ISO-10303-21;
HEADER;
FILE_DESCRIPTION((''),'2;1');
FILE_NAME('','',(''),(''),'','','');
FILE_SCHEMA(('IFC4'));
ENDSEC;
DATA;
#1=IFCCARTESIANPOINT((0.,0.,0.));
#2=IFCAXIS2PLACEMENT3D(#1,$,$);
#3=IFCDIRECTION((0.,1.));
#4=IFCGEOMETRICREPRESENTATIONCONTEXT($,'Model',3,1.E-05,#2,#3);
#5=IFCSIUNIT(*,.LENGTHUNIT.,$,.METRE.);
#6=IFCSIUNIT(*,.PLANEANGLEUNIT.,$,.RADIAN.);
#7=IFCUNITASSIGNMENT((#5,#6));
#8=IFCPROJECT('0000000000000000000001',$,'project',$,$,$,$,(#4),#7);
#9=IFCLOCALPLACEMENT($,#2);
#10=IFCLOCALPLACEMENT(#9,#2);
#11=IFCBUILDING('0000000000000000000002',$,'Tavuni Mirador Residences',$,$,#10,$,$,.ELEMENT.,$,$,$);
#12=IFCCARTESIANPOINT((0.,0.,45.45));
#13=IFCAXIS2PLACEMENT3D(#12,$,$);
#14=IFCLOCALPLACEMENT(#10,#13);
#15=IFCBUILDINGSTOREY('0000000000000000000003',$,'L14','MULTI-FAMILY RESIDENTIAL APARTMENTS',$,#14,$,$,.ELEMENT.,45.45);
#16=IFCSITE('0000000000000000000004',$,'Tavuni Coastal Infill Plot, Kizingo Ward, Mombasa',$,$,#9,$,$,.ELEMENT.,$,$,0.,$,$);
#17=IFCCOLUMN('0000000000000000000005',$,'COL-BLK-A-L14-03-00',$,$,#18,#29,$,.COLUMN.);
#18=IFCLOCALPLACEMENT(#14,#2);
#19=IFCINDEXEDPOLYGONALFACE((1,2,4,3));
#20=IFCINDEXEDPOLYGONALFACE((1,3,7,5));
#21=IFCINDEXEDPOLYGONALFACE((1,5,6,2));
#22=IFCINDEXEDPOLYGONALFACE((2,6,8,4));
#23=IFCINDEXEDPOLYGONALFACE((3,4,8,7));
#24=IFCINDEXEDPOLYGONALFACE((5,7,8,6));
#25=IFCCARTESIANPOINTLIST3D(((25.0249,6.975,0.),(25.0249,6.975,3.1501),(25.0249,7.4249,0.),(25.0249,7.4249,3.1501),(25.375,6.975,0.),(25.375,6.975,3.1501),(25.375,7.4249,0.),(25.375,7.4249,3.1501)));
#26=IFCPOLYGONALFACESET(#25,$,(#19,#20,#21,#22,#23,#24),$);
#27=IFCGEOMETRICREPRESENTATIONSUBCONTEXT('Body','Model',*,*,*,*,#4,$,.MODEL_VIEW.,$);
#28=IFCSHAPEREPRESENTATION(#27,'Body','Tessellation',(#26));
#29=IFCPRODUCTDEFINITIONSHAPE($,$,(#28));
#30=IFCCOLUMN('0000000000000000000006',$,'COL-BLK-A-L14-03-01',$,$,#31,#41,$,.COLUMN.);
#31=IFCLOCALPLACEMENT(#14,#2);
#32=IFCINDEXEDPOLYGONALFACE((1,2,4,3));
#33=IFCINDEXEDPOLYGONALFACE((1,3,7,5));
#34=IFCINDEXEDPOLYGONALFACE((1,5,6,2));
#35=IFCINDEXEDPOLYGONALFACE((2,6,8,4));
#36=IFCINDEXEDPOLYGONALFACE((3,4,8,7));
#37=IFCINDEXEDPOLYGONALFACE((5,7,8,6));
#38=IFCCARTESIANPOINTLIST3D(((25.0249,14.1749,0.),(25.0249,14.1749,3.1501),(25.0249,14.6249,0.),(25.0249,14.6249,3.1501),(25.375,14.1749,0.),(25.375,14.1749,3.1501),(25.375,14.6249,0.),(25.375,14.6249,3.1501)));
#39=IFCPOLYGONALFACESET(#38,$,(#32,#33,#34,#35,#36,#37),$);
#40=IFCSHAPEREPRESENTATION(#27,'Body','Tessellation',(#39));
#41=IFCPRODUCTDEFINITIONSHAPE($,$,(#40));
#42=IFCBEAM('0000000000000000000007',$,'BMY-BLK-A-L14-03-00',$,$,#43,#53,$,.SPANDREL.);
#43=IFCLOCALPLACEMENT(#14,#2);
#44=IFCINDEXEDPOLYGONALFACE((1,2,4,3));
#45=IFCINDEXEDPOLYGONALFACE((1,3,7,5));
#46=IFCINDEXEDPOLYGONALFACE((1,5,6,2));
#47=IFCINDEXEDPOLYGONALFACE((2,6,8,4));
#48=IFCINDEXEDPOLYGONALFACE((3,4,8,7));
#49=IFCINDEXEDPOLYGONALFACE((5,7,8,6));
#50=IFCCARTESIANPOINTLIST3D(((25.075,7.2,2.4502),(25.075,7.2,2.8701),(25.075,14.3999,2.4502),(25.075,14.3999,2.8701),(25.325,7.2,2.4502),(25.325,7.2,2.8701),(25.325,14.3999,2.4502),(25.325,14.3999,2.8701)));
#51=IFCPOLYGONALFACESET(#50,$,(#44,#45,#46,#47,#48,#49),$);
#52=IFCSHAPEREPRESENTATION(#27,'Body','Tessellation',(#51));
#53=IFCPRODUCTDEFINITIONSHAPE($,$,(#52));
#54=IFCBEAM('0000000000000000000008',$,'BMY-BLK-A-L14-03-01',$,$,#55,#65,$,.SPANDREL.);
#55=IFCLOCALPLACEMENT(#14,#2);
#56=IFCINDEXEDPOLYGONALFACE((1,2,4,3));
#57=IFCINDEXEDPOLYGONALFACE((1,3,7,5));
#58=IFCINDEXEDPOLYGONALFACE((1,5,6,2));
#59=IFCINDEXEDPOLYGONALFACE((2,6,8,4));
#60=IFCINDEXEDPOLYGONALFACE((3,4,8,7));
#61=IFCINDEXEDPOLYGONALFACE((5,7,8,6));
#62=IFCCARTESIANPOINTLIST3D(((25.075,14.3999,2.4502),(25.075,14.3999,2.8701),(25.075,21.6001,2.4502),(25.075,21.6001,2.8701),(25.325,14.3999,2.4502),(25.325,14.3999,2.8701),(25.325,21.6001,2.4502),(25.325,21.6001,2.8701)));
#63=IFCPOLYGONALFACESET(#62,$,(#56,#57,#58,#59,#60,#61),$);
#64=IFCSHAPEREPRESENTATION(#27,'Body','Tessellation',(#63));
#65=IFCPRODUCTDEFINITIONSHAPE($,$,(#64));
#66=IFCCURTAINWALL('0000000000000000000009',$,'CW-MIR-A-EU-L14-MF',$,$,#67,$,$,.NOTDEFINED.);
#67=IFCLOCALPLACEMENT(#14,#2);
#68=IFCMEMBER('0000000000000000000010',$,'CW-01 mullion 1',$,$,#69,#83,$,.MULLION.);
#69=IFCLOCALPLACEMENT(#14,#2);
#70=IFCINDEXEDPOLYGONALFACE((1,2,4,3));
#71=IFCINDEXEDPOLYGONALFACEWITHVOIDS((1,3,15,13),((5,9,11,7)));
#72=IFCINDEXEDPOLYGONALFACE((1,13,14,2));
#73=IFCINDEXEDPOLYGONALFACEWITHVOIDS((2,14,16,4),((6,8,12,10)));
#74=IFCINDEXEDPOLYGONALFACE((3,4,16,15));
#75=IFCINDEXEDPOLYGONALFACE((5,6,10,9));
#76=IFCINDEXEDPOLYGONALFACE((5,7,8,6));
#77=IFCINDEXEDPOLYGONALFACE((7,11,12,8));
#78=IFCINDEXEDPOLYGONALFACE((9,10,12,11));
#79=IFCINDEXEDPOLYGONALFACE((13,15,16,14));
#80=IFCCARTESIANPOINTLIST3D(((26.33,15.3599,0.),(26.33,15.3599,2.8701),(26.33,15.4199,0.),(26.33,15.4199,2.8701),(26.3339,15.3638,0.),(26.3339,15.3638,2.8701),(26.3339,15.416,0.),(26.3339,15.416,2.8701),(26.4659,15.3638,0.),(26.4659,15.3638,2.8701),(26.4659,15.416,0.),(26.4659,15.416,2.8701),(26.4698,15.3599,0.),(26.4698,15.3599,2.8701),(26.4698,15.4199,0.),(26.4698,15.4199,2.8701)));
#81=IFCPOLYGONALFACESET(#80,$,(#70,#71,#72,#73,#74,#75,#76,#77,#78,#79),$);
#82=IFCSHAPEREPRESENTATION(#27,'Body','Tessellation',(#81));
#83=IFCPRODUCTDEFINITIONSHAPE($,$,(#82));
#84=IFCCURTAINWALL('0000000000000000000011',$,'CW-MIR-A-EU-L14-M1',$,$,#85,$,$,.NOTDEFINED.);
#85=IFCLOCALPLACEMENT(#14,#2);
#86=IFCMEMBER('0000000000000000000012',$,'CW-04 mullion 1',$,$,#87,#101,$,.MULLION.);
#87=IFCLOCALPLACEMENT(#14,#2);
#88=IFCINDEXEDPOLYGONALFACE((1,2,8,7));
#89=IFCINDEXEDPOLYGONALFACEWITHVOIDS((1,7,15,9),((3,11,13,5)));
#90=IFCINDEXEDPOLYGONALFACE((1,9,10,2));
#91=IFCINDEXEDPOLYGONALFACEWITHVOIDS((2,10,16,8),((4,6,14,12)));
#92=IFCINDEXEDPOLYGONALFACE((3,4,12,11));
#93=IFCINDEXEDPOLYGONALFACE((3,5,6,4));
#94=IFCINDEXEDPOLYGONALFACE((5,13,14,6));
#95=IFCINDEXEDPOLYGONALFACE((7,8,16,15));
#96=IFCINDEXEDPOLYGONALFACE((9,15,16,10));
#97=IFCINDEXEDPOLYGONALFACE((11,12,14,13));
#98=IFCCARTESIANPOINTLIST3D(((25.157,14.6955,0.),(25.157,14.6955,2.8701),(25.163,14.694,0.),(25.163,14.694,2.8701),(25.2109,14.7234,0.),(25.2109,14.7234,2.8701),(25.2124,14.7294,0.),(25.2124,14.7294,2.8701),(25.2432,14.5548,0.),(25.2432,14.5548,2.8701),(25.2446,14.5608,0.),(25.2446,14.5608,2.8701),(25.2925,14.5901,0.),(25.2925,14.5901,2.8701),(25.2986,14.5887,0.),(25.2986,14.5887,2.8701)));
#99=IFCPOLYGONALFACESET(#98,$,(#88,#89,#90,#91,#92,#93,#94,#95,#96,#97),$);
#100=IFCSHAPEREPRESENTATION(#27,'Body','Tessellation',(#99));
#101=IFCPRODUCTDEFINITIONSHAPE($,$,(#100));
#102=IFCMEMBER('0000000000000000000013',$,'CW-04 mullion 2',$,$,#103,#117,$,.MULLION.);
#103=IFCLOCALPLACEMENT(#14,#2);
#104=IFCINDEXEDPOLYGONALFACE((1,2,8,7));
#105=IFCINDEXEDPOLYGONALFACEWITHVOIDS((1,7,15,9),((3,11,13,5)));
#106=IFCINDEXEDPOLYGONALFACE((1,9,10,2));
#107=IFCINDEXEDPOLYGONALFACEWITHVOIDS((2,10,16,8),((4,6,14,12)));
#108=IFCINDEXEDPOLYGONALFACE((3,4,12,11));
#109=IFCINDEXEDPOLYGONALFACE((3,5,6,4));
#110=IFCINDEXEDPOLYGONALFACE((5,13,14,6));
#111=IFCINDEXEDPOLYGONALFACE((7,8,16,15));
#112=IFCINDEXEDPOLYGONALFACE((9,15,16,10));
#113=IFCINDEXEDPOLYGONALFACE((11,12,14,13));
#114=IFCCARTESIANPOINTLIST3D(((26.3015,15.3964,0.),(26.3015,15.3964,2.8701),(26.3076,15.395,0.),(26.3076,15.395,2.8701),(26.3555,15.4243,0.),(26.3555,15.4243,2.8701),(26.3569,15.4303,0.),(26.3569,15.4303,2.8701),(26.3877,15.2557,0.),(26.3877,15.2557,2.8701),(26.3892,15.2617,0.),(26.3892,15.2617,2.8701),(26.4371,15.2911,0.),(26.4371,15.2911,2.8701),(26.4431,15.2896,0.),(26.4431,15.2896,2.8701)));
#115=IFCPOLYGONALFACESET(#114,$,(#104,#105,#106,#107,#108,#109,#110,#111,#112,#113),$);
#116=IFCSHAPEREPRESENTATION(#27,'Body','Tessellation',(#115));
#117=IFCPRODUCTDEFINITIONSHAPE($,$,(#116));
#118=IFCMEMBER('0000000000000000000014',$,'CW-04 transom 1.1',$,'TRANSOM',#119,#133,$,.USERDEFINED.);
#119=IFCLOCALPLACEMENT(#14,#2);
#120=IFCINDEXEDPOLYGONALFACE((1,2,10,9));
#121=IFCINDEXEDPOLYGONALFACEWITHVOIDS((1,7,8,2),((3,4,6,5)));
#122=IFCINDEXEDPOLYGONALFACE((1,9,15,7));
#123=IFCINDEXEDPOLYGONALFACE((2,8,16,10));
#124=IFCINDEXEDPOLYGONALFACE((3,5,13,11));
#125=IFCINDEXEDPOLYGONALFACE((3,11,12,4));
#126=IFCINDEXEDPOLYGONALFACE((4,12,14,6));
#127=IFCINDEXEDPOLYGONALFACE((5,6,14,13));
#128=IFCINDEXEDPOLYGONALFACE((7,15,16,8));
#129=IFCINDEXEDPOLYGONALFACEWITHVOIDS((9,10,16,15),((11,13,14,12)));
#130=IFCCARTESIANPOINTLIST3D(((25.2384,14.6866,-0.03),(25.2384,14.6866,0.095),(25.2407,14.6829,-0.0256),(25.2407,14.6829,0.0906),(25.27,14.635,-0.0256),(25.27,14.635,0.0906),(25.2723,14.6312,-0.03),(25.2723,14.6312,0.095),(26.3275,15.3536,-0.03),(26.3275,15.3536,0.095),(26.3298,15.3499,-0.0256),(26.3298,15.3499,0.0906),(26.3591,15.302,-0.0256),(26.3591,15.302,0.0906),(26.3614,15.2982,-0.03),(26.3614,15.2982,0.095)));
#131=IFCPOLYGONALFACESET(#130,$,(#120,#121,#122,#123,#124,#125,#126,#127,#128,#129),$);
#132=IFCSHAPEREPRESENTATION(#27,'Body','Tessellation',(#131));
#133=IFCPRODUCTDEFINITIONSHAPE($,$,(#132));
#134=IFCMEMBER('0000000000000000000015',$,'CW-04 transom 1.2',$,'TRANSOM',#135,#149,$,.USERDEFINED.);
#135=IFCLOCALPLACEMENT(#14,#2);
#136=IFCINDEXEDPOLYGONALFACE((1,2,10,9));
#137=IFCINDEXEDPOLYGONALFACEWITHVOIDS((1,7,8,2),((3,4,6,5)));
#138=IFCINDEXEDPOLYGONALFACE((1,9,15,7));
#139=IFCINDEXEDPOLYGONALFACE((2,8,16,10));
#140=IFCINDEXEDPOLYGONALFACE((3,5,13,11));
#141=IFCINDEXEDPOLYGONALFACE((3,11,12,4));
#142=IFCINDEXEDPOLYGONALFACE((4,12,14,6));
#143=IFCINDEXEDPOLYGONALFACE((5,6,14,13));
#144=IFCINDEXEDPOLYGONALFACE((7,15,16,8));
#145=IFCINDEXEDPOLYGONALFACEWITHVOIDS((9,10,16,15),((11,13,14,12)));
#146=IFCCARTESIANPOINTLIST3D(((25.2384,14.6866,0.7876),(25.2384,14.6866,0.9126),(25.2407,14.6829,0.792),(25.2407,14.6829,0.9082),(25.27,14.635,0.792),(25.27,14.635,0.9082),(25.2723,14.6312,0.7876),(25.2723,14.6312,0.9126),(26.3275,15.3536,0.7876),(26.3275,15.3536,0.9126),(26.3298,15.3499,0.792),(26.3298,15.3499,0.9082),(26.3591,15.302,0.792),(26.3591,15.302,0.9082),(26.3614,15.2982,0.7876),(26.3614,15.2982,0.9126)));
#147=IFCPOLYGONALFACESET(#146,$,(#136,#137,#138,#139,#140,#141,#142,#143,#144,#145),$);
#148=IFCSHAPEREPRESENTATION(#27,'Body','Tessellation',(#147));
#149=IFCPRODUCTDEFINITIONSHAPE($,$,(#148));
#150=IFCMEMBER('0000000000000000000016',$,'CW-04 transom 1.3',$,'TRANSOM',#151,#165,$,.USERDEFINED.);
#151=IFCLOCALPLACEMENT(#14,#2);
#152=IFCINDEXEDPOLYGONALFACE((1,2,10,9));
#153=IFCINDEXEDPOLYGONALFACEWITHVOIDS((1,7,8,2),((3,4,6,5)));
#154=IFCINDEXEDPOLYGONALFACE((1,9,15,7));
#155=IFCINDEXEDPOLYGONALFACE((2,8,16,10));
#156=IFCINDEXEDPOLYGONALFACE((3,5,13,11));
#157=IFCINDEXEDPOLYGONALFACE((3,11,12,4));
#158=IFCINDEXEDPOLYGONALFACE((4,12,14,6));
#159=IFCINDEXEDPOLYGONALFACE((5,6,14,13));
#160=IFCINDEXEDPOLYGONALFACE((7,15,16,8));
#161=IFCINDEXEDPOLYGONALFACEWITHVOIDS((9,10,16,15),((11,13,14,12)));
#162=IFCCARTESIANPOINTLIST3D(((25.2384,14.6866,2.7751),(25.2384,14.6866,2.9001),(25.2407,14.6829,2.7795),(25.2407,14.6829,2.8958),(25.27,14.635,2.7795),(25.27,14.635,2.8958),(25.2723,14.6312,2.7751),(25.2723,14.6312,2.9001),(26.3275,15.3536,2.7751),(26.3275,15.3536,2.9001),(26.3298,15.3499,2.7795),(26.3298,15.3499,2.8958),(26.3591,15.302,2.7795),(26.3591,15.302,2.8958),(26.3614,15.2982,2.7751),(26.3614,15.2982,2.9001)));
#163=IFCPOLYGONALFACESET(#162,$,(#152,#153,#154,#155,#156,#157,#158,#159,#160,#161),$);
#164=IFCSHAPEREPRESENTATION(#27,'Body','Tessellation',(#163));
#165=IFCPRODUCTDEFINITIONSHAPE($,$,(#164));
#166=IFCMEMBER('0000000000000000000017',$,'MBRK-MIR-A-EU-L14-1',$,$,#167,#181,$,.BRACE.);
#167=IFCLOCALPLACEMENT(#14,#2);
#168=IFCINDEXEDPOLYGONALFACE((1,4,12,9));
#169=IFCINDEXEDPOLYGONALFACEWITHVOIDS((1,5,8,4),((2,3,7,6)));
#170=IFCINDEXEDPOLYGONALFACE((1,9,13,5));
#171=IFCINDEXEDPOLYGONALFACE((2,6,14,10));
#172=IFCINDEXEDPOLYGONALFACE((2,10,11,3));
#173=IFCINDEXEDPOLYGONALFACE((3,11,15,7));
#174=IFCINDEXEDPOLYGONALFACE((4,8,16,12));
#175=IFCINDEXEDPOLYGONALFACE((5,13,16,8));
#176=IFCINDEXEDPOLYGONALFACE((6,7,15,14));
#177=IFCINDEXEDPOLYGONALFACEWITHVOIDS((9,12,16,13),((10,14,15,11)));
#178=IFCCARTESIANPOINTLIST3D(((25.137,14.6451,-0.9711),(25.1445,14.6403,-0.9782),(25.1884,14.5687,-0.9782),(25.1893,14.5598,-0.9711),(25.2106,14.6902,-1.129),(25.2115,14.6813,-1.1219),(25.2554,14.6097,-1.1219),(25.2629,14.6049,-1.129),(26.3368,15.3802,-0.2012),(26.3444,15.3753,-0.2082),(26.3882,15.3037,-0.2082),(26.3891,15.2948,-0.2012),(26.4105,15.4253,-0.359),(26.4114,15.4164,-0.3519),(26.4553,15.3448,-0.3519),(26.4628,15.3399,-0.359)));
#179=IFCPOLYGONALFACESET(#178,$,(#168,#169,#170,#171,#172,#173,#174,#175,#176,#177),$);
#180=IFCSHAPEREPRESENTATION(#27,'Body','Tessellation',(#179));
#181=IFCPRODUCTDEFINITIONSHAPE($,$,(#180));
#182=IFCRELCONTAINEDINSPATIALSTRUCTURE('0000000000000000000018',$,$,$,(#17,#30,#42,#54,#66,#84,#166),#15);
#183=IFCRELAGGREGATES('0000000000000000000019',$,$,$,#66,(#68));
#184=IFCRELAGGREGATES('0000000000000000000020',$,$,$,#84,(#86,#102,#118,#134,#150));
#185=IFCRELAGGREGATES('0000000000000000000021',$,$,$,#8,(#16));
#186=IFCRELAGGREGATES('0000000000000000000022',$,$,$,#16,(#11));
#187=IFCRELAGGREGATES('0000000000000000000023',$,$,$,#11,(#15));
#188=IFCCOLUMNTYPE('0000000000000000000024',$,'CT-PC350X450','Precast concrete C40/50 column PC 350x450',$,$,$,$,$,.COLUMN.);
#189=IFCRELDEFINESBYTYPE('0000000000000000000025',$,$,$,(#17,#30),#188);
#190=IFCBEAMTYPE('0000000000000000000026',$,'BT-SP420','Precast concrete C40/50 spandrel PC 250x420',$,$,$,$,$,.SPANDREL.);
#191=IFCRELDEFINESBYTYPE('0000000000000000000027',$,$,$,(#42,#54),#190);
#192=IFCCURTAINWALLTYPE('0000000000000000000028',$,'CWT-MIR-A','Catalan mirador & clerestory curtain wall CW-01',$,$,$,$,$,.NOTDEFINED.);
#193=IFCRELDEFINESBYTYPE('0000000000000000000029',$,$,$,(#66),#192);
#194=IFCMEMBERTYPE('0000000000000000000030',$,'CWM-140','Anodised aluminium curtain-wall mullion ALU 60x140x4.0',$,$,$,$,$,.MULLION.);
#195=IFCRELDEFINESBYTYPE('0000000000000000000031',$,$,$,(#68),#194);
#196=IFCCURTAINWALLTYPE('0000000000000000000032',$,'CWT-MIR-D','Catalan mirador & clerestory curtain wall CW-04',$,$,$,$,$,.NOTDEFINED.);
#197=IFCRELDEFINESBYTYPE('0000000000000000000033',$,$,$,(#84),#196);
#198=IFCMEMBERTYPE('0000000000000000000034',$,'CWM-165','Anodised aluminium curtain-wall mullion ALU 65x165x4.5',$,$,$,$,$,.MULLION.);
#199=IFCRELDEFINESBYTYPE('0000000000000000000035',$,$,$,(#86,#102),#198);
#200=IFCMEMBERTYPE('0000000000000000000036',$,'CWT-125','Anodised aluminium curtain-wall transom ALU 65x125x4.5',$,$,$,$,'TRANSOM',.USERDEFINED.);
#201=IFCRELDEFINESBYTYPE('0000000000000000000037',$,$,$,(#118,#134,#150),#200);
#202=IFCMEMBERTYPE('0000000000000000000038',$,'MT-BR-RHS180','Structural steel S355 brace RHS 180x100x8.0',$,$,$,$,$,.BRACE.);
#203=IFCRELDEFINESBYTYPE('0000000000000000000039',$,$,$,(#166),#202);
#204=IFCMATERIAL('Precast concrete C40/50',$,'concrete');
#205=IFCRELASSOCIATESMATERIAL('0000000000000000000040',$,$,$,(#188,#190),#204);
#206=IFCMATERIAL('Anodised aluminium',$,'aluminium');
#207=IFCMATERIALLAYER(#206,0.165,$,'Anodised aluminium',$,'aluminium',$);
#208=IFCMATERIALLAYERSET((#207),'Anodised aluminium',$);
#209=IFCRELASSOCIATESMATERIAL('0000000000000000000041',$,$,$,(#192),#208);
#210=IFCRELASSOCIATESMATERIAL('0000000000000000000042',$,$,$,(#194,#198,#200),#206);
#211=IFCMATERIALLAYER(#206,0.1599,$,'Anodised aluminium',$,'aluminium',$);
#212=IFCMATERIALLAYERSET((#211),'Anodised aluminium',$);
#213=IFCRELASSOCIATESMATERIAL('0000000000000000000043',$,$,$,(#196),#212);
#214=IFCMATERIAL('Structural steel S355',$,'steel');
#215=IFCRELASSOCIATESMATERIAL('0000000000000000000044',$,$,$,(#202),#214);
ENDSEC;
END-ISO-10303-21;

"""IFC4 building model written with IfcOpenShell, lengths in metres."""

from ifc_helpers import new_model, si_unit, direction, frame, origin, origin_2d, place, context, subcontext, project, spatial, rectangle, hollow_rectangle, extrude, material, layer, layer_set, material_profile, profile_set, type_object, element, aggregate, save


model = new_model("IFC4")

# Units and contexts
model_context = context("Model", 3, precision=1e-05, world=origin(), true_north=direction((0.0, 1.0)))
body_context = subcontext(model_context, "Body", "Model", "MODEL_VIEW")
ifc_project = project(units=[si_unit("LENGTHUNIT", "METRE"), si_unit("PLANEANGLEUNIT", "RADIAN")], contexts=[model_context])

# Site, building, storey
site_placement = place(None, origin())
site = spatial("IfcSite", under=ifc_project, at=site_placement, Name="Tavuni Coastal Infill Plot, Kizingo Ward, Mombasa", CompositionType="ELEMENT", RefElevation=0.0)
building_placement = place(site_placement, origin())
building = spatial("IfcBuilding", under=site, at=building_placement, Name="Tavuni Mirador Residences", CompositionType="ELEMENT")
storey_placement = place(building_placement, frame((0.0, 0.0, 45.45)))
storey = spatial("IfcBuildingStorey", under=building, at=storey_placement, Name="L14", Description="MULTI-FAMILY RESIDENTIAL APARTMENTS", CompositionType="ELEMENT", Elevation=45.45)

# Columns
ifc_material_1 = material(Name="Precast concrete C40/50", Category="concrete")
ifc_material_profile_1 = material_profile(ifc_material_1, rectangle(XDim=0.3501, YDim=0.45, at=origin_2d()), Name="PC 350x450", Category="concrete")
ifc_profile_set_1 = profile_set([ifc_material_profile_1], Name="Precast concrete C40/50")
column_type = type_object("IfcColumnType", Name="CT-PC350X450", Description="Precast concrete C40/50 column PC 350x450", PredefinedType="COLUMN", material=ifc_profile_set_1)
for number, where, z_axis, x_axis, name in (
    (1, (25.2, 7.2, 0.0), (0.0, 0.0, 1.0), (1.0, 0.0, 0.0), "COL-BLK-A-L14-03-00"),
    (2, (25.2, 14.3999, 0.0), (0.0, 0.0, 1.0), (1.0, 0.0, 0.0), "COL-BLK-A-L14-03-01"),
):
    element("IfcColumn", number, at=place(storey_placement, frame(where, z_axis=z_axis, x_axis=x_axis)), inside=storey, type_object=column_type, Name=name, PredefinedType="COLUMN", context=body_context, shape_type="SweptSolid", body=[
        extrude(rectangle(XDim=0.3501, YDim=0.45, at=origin_2d()), origin(), (0.0, 0.0, 1.0), 3.1501),
    ])

# Beams
ifc_material_profile_2 = material_profile(ifc_material_1, rectangle(XDim=0.25, YDim=0.4199, at=origin_2d()), Name="PC 250x420", Category="concrete")
ifc_profile_set_2 = profile_set([ifc_material_profile_2], Name="Precast concrete C40/50")
beam_type = type_object("IfcBeamType", Name="BT-SP420", Description="Precast concrete C40/50 spandrel PC 250x420", PredefinedType="SPANDREL", material=ifc_profile_set_2)
beam_1_placement = place(storey_placement, frame((25.2, 7.2, 2.6602), z_axis=(0.0, 1.0, 0.0), x_axis=(-1.0, 0.0, 0.0)))
element("IfcBeam", 3, at=beam_1_placement, inside=storey, type_object=beam_type, Name="BMY-BLK-A-L14-03-00", PredefinedType="SPANDREL", context=body_context, shape_type="SweptSolid", body=[
    extrude(rectangle(XDim=0.25, YDim=0.4199, at=origin_2d()), origin(), (0.0, 0.0, 1.0), 7.2),
])
beam_2_placement = place(storey_placement, frame((25.2, 14.3999, 2.6602), z_axis=(0.0, 1.0, 0.0), x_axis=(-1.0, 0.0, 0.0)))
element("IfcBeam", 4, at=beam_2_placement, inside=storey, type_object=beam_type, Name="BMY-BLK-A-L14-03-01", PredefinedType="SPANDREL", context=body_context, shape_type="SweptSolid", body=[
    extrude(rectangle(XDim=0.25, YDim=0.4199, at=origin_2d()), origin(), (0.0, 0.0, 1.0), 7.2002),
])

# Curtain wall, member
ifc_material_2 = material(Name="Anodised aluminium", Category="aluminium")
ifc_layer_1 = layer(ifc_material_2, 0.165, Name="Anodised aluminium", Category="aluminium")
ifc_layer_set_1 = layer_set([ifc_layer_1], Name="Anodised aluminium")
curtain_wall_type_1 = type_object("IfcCurtainWallType", Name="CWT-MIR-A", Description="Catalan mirador & clerestory curtain wall CW-01", PredefinedType="NOTDEFINED", material=ifc_layer_set_1)
curtain_wall_1_placement = place(storey_placement, origin())
curtain_wall_1 = element("IfcCurtainWall", 5, at=curtain_wall_1_placement, inside=storey, type_object=curtain_wall_type_1, Name="CW-MIR-A-EU-L14-MF", PredefinedType="NOTDEFINED")
ifc_material_profile_3 = material_profile(ifc_material_2, hollow_rectangle(XDim=0.0601, YDim=0.1399, WallThickness=0.0039, at=origin_2d()), Name="ALU 60x140x4.0", Category="aluminium")
ifc_profile_set_3 = profile_set([ifc_material_profile_3], Name="Anodised aluminium")
member_type_1 = type_object("IfcMemberType", Name="CWM-140", Description="Anodised aluminium curtain-wall mullion ALU 60x140x4.0", PredefinedType="MULLION", material=ifc_profile_set_3)
member_1_placement = place(storey_placement, frame((26.3999, 15.3899, 0.0), z_axis=(0.0, 0.0, 1.0), x_axis=(0.0, 1.0, 0.0)))
member_1 = element("IfcMember", 6, at=member_1_placement, type_object=member_type_1, Name="CW-01 mullion 1", PredefinedType="MULLION", context=body_context, shape_type="SweptSolid", body=[
    extrude(hollow_rectangle(XDim=0.0601, YDim=0.1399, WallThickness=0.0039, at=origin_2d()), origin(), (0.0, 0.0, 1.0), 2.8701),
])
aggregate(curtain_wall_1, [member_1])

# Curtain wall, members
ifc_layer_2 = layer(ifc_material_2, 0.1599, Name="Anodised aluminium", Category="aluminium")
ifc_layer_set_2 = layer_set([ifc_layer_2], Name="Anodised aluminium")
curtain_wall_type_2 = type_object("IfcCurtainWallType", Name="CWT-MIR-D", Description="Catalan mirador & clerestory curtain wall CW-04", PredefinedType="NOTDEFINED", material=ifc_layer_set_2)
curtain_wall_2_placement = place(storey_placement, origin())
curtain_wall_2 = element("IfcCurtainWall", 7, at=curtain_wall_2_placement, inside=storey, type_object=curtain_wall_type_2, Name="CW-MIR-A-EU-L14-M1", PredefinedType="NOTDEFINED")
ifc_material_profile_4 = material_profile(ifc_material_2, hollow_rectangle(XDim=0.0649, YDim=0.165, WallThickness=0.0044, at=origin_2d()), Name="ALU 65x165x4.5", Category="aluminium")
ifc_profile_set_4 = profile_set([ifc_material_profile_4], Name="Anodised aluminium")
member_type_2 = type_object("IfcMemberType", Name="CWM-165", Description="Anodised aluminium curtain-wall mullion ALU 65x165x4.5", PredefinedType="MULLION", material=ifc_profile_set_4)
member_2_placement = place(storey_placement, frame((25.2278, 14.6421, 0.0), z_axis=(0.0, 0.0, 1.0), x_axis=(0.852754, 0.522312, 0.0)))
member_2 = element("IfcMember", 8, at=member_2_placement, type_object=member_type_2, Name="CW-04 mullion 1", PredefinedType="MULLION", context=body_context, shape_type="SweptSolid", body=[
    extrude(hollow_rectangle(XDim=0.0649, YDim=0.165, WallThickness=0.0044, at=origin_2d()), origin(), (0.0, 0.0, 1.0), 2.8701),
])
member_3_placement = place(storey_placement, frame((26.3723, 15.343, 0.0), z_axis=(0.0, 0.0, 1.0), x_axis=(0.852754, 0.522312, 0.0)))
member_3 = element("IfcMember", 9, at=member_3_placement, type_object=member_type_2, Name="CW-04 mullion 2", PredefinedType="MULLION", context=body_context, shape_type="SweptSolid", body=[
    extrude(hollow_rectangle(XDim=0.0649, YDim=0.165, WallThickness=0.0044, at=origin_2d()), origin(), (0.0, 0.0, 1.0), 2.8701),
])
ifc_material_profile_5 = material_profile(ifc_material_2, hollow_rectangle(XDim=0.0649, YDim=0.125, WallThickness=0.0044, at=origin_2d()), Name="ALU 65x125x4.5", Category="aluminium")
ifc_profile_set_5 = profile_set([ifc_material_profile_5], Name="Anodised aluminium")
member_type_3 = type_object("IfcMemberType", Name="CWT-125", Description="Anodised aluminium curtain-wall transom ALU 65x125x4.5", ElementType="TRANSOM", PredefinedType="USERDEFINED", material=ifc_profile_set_5)
member_4_placement = place(storey_placement, frame((25.2554, 14.6589, 0.0325), z_axis=(0.852785, 0.522262, 0.0), x_axis=(-0.522262, 0.852785, 0.0)))
member_4 = element("IfcMember", 10, at=member_4_placement, type_object=member_type_3, Name="CW-04 transom 1.1", ObjectType="TRANSOM", PredefinedType="USERDEFINED", context=body_context, shape_type="SweptSolid", body=[
    extrude(hollow_rectangle(XDim=0.0649, YDim=0.125, WallThickness=0.0044, at=origin_2d()), origin(), (0.0, 0.0, 1.0), 1.2771),
])
member_5_placement = place(storey_placement, frame((25.2554, 14.6589, 0.8501), z_axis=(0.852785, 0.522262, 0.0), x_axis=(-0.522262, 0.852785, 0.0)))
member_5 = element("IfcMember", 11, at=member_5_placement, type_object=member_type_3, Name="CW-04 transom 1.2", ObjectType="TRANSOM", PredefinedType="USERDEFINED", context=body_context, shape_type="SweptSolid", body=[
    extrude(hollow_rectangle(XDim=0.0649, YDim=0.125, WallThickness=0.0044, at=origin_2d()), origin(), (0.0, 0.0, 1.0), 1.2771),
])
member_6_placement = place(storey_placement, frame((25.2554, 14.6589, 2.8376), z_axis=(0.852785, 0.522262, 0.0), x_axis=(-0.522262, 0.852785, 0.0)))
member_6 = element("IfcMember", 12, at=member_6_placement, type_object=member_type_3, Name="CW-04 transom 1.3", ObjectType="TRANSOM", PredefinedType="USERDEFINED", context=body_context, shape_type="SweptSolid", body=[
    extrude(hollow_rectangle(XDim=0.0649, YDim=0.125, WallThickness=0.0044, at=origin_2d()), origin(), (0.0, 0.0, 1.0), 1.2771),
])

# Member
ifc_material_3 = material(Name="Structural steel S355", Category="steel")
ifc_material_profile_6 = material_profile(ifc_material_3, hollow_rectangle(XDim=0.1001, YDim=0.1799, WallThickness=0.0081, at=origin_2d()), Name="RHS 180x100x8.0", Category="steel")
ifc_profile_set_6 = profile_set([ifc_material_profile_6], Name="Structural steel S355")
member_type_4 = type_object("IfcMemberType", Name="MT-BR-RHS180", Description="Structural steel S355 brace RHS 180x100x8.0", PredefinedType="BRACE", material=ifc_profile_set_6)
member_7_placement = place(storey_placement, frame((25.2, 14.625, -1.05), z_axis=(0.748044, 0.458263, 0.480027), x_axis=(-0.522383, 0.852711, 0.0)))
element("IfcMember", 13, at=member_7_placement, inside=storey, type_object=member_type_4, Name="MBRK-MIR-A-EU-L14-1", PredefinedType="BRACE", context=body_context, shape_type="SweptSolid", body=[
    extrude(hollow_rectangle(XDim=0.1001, YDim=0.1799, WallThickness=0.0081, at=origin_2d()), origin(), (0.0, 0.0, 1.0), 1.604),
])

aggregate(curtain_wall_2, [member_2, member_3, member_4, member_5, member_6])

save(model, "model.ifc")
